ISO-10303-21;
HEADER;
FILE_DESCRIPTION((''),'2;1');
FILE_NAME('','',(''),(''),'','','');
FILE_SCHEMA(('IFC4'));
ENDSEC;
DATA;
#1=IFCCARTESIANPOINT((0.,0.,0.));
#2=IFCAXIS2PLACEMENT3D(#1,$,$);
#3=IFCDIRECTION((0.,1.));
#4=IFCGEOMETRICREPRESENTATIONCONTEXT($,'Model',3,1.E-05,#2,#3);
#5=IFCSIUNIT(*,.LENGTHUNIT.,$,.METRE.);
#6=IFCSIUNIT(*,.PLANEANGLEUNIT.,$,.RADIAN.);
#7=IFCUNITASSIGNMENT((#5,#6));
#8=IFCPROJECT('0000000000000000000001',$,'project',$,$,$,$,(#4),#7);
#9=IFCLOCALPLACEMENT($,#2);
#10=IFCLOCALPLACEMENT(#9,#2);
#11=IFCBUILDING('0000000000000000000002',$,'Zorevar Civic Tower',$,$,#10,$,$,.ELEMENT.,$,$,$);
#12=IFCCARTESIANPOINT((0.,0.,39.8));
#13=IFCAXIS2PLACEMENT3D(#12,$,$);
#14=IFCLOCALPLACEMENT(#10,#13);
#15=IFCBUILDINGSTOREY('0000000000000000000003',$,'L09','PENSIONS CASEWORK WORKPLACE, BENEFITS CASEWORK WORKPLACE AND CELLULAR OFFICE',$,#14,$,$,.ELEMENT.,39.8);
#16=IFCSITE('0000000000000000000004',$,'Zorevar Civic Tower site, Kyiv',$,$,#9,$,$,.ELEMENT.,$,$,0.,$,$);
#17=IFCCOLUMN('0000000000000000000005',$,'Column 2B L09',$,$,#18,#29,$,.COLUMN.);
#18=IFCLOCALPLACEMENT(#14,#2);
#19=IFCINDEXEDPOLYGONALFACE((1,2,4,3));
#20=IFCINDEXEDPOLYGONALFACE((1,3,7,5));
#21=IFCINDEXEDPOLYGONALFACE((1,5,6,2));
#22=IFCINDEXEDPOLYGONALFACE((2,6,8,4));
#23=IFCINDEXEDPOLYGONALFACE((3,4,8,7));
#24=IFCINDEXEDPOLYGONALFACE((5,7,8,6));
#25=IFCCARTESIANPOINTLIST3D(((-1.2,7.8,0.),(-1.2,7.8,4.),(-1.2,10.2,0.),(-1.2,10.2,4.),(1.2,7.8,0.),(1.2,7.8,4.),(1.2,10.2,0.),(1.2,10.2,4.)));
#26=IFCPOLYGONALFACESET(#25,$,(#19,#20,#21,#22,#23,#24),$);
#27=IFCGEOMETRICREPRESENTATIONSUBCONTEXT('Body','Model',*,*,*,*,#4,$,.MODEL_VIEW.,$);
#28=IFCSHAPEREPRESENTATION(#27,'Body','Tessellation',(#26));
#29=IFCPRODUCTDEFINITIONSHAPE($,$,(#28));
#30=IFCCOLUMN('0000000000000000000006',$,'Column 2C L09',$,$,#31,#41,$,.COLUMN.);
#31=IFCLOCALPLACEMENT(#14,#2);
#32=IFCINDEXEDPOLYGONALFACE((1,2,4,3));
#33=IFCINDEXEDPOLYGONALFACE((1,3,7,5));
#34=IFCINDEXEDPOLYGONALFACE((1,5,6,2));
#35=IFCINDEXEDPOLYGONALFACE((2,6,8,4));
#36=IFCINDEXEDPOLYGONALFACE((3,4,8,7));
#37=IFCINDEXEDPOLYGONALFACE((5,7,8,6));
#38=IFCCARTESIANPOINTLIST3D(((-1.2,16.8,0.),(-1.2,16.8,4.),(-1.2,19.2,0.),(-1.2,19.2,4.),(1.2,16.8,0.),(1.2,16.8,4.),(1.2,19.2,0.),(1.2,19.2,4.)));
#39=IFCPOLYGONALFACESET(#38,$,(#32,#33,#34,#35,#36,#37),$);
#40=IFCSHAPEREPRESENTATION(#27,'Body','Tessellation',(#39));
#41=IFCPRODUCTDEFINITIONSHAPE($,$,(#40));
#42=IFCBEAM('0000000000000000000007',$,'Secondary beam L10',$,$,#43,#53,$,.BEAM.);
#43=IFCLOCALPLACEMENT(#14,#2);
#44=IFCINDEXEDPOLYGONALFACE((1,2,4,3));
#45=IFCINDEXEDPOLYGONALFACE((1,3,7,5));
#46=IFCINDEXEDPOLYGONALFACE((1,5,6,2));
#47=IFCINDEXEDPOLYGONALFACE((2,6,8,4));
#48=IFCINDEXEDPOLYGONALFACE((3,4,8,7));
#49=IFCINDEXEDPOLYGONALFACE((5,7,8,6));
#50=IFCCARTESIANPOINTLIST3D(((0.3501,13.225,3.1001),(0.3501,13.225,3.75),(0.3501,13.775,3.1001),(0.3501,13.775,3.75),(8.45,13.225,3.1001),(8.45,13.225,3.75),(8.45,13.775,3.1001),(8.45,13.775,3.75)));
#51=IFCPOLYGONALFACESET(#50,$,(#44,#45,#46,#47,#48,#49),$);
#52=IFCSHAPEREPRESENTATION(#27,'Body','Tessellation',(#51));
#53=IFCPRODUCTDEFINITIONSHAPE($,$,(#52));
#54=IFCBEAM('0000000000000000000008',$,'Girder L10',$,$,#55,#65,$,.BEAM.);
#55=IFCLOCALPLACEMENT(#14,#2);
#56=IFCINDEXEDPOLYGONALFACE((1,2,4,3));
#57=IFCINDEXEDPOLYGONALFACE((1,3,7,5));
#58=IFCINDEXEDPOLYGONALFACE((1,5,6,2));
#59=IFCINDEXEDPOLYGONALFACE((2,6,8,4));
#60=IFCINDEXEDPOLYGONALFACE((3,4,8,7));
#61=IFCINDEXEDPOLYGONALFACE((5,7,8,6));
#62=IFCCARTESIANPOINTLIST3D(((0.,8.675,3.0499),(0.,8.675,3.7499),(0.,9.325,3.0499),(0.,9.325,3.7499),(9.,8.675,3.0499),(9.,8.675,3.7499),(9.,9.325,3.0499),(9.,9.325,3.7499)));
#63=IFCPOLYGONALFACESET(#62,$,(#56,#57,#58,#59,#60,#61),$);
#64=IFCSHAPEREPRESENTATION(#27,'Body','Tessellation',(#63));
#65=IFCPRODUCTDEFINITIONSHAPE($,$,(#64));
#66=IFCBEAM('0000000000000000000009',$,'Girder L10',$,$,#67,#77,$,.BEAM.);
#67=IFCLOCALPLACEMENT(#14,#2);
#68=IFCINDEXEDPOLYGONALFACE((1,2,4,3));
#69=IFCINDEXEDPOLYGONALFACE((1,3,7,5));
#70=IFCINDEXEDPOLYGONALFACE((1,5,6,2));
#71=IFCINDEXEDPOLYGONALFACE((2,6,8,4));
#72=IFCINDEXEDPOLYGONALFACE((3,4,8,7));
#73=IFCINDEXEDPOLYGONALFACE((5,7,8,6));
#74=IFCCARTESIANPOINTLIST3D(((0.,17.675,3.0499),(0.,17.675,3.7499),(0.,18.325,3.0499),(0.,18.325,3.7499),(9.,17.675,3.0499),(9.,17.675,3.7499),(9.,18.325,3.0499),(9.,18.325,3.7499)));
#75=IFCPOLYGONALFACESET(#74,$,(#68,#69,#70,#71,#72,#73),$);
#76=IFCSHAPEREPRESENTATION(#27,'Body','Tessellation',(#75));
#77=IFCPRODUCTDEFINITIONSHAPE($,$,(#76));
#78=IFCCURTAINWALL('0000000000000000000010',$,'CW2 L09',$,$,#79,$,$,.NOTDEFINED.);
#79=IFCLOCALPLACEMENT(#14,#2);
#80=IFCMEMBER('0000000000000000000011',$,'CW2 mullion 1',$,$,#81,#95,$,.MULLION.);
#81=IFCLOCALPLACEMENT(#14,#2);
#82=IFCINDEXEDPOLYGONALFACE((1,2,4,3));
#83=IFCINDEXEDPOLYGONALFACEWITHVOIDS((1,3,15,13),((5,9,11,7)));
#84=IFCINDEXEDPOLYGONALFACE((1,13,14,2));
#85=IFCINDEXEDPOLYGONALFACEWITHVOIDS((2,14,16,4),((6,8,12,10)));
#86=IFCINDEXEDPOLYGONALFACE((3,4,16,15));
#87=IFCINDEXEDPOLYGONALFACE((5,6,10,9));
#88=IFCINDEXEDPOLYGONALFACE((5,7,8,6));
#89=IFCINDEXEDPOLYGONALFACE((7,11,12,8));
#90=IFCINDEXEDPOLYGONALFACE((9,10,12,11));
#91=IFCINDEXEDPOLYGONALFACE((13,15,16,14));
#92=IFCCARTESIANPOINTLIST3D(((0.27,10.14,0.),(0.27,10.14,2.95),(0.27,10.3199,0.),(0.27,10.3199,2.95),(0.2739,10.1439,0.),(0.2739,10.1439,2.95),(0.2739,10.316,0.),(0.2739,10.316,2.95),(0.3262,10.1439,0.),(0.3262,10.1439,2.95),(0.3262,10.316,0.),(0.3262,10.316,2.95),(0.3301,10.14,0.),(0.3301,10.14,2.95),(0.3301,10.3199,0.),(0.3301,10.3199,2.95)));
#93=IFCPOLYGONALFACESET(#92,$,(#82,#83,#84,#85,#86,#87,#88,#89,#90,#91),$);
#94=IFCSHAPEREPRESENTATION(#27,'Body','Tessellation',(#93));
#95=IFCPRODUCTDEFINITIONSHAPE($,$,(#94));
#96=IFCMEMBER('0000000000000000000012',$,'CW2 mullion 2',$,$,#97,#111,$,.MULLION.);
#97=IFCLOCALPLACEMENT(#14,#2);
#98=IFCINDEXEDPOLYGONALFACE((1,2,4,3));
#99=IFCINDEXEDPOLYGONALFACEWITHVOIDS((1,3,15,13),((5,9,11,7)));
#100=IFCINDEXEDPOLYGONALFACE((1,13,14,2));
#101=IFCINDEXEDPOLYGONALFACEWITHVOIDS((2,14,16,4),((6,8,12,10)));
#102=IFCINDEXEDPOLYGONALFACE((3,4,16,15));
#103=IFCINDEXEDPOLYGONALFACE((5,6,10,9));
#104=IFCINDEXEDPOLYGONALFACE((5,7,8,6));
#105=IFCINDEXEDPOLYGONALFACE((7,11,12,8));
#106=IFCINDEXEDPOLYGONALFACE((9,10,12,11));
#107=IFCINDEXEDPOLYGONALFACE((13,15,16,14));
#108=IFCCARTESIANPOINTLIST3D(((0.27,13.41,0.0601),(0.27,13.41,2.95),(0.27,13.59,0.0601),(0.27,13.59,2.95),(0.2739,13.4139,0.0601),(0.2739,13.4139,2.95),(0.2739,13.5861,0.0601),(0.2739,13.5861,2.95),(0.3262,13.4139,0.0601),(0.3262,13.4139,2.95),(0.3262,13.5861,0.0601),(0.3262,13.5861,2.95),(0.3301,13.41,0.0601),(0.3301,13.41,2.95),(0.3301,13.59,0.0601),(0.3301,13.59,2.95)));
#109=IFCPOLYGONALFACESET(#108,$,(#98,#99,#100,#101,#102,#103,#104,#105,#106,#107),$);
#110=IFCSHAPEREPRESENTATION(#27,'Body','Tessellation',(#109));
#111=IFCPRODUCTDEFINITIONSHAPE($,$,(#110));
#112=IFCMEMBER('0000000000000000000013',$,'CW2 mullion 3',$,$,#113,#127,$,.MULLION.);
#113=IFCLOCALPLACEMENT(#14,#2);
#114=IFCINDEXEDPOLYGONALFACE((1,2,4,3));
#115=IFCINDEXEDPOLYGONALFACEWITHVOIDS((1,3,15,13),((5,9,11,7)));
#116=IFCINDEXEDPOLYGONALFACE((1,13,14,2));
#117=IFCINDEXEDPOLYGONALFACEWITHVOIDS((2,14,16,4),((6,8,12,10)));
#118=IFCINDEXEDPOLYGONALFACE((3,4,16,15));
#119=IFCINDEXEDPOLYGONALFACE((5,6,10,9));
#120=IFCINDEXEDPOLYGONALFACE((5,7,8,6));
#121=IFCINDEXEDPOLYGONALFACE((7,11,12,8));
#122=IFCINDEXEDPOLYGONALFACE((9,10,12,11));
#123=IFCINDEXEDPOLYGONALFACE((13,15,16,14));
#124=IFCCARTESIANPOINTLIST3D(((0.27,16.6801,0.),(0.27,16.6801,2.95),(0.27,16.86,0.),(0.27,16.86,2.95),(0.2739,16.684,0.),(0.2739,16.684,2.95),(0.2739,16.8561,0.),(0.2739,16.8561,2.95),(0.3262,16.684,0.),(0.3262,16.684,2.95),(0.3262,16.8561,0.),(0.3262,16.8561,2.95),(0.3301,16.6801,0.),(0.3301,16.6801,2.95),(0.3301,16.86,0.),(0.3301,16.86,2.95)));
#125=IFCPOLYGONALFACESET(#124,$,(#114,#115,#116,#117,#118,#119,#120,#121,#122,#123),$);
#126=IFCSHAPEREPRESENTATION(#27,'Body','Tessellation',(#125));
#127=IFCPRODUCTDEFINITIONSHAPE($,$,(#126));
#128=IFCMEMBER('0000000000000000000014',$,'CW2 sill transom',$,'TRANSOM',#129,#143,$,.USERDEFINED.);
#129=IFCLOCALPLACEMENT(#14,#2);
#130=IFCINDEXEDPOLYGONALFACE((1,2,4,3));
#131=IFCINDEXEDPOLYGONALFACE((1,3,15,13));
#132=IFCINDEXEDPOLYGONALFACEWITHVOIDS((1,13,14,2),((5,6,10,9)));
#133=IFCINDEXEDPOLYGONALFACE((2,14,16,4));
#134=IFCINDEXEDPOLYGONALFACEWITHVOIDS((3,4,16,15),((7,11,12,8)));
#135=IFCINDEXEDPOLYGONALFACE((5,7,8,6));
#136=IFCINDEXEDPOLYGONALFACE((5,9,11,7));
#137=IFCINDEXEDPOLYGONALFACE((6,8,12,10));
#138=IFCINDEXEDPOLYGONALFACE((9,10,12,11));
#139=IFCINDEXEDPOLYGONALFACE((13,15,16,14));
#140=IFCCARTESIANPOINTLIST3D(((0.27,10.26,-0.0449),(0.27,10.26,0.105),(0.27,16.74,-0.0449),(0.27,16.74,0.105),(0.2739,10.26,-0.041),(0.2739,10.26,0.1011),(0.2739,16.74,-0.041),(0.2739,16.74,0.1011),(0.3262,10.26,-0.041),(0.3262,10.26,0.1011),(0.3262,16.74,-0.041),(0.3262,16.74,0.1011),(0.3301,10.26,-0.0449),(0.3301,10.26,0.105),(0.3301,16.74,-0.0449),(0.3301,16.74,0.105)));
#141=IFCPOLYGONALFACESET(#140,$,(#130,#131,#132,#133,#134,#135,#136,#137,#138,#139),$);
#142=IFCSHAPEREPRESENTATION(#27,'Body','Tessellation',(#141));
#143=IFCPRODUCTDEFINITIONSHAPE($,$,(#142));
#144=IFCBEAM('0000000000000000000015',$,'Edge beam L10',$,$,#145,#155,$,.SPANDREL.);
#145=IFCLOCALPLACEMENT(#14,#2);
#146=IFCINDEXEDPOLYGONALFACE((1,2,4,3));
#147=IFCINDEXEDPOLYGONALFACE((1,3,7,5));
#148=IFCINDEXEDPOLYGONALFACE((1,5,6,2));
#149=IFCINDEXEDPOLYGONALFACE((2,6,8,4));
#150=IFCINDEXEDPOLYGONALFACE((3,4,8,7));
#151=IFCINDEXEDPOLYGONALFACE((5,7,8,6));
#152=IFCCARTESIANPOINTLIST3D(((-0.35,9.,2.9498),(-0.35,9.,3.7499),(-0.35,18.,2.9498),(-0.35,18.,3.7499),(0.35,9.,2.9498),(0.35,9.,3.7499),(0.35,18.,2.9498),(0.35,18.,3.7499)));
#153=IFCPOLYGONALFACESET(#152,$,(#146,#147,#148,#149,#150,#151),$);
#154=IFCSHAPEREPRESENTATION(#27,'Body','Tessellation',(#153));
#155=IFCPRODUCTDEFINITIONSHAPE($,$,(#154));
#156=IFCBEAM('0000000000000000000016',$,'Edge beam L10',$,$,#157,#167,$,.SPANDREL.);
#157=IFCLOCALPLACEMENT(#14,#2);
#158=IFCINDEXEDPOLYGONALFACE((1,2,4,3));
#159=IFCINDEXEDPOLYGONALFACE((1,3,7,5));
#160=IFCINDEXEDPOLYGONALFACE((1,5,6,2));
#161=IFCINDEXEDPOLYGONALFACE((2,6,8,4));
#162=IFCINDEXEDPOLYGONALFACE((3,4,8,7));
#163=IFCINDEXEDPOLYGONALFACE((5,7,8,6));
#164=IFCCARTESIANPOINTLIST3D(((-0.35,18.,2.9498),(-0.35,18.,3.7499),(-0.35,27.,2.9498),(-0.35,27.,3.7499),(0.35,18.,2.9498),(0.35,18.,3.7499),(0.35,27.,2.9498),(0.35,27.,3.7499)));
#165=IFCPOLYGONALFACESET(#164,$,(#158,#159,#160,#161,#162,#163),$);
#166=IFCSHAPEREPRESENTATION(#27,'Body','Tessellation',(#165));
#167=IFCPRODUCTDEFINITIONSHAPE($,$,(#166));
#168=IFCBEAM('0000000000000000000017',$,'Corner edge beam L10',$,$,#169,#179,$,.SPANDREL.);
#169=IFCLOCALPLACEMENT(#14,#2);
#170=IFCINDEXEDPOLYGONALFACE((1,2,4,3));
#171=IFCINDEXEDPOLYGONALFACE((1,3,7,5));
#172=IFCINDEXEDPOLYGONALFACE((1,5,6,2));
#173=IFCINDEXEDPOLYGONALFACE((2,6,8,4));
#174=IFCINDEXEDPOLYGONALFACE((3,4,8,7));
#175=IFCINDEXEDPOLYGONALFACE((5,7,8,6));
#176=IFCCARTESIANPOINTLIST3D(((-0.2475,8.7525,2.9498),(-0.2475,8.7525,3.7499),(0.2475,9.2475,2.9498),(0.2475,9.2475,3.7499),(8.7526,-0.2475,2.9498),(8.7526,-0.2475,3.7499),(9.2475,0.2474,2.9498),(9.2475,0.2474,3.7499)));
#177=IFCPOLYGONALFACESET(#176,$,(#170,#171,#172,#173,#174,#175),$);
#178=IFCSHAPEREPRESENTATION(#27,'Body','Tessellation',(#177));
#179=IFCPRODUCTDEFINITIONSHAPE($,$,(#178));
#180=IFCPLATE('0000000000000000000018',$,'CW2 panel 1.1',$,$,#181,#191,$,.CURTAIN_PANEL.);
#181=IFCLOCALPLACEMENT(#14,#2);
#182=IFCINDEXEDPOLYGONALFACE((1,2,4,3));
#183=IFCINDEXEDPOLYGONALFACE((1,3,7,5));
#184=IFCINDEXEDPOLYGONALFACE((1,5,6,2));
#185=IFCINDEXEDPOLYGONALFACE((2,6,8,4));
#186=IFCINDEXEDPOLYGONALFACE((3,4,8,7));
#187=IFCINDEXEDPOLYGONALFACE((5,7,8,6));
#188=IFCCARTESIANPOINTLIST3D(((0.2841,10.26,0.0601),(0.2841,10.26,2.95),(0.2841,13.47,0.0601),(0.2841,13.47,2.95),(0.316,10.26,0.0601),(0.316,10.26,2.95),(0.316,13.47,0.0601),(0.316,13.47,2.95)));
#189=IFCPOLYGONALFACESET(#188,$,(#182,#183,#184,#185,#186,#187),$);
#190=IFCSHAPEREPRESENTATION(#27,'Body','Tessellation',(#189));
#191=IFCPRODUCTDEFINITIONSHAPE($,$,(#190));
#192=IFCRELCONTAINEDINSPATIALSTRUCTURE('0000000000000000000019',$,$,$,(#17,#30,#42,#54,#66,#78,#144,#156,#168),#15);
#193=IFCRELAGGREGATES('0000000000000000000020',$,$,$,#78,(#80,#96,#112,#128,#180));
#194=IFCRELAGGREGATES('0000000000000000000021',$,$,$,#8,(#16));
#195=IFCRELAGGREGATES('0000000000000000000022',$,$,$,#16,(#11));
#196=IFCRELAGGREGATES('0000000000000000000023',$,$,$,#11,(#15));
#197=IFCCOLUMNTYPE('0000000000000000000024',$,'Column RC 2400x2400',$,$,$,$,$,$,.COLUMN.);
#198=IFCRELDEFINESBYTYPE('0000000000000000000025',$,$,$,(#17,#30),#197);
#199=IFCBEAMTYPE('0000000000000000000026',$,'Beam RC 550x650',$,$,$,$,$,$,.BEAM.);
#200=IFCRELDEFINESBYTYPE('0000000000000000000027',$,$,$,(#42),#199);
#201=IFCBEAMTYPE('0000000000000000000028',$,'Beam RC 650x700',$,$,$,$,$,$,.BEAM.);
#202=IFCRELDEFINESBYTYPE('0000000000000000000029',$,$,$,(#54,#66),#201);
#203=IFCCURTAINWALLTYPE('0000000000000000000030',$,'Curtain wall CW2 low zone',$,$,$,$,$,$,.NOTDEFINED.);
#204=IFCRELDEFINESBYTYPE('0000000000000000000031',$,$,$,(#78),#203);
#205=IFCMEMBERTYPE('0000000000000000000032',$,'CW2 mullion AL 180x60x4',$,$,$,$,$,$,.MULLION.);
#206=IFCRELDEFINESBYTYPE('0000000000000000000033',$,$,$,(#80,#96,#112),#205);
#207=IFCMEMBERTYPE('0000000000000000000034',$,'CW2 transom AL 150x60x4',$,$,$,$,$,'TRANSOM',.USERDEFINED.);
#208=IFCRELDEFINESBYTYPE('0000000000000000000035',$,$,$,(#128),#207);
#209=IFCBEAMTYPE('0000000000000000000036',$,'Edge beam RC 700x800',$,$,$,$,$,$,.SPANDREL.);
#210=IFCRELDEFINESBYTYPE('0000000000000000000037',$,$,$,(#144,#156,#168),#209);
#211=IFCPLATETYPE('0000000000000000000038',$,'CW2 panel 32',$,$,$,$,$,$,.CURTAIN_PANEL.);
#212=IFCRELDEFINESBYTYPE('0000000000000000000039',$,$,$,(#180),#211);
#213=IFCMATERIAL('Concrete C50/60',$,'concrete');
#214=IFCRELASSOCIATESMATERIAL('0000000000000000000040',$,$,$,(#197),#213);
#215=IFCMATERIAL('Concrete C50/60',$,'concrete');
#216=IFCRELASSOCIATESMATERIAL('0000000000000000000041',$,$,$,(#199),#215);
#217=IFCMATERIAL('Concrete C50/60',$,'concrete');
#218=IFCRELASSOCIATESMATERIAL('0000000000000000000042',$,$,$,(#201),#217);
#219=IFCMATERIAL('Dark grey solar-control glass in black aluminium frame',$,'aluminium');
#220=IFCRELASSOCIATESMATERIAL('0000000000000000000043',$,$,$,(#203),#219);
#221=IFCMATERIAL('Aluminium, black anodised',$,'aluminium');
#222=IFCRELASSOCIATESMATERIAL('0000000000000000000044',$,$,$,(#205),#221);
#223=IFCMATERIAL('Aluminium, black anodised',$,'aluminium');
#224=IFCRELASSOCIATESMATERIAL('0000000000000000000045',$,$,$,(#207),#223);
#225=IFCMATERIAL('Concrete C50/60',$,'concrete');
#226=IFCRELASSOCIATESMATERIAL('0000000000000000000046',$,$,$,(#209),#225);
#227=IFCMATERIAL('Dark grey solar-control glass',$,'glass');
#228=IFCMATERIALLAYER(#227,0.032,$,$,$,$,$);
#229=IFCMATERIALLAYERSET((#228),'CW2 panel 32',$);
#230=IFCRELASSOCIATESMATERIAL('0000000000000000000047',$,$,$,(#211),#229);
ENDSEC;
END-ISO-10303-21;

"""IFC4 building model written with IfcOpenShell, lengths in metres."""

from ifc_helpers import new_model, si_unit, direction, frame, origin, origin_2d, place, context, subcontext, project, spatial, rectangle, hollow_rectangle, extrude, material, layer, layer_set, material_profile, profile_set, type_object, element, aggregate, save


model = new_model("IFC4")

# Units and contexts
model_context = context("Model", 3, precision=1e-05, world=origin(), true_north=direction((0.0, 1.0)))
body_context = subcontext(model_context, "Body", "Model", "MODEL_VIEW")
ifc_project = project(units=[si_unit("LENGTHUNIT", "METRE"), si_unit("PLANEANGLEUNIT", "RADIAN")], contexts=[model_context])

# Site, building, storey
site_placement = place(None, origin())
site = spatial("IfcSite", under=ifc_project, at=site_placement, Name="Zorevar Civic Tower site, Kyiv", CompositionType="ELEMENT", RefElevation=0.0)
building_placement = place(site_placement, origin())
building = spatial("IfcBuilding", under=site, at=building_placement, Name="Zorevar Civic Tower", CompositionType="ELEMENT")
storey_placement = place(building_placement, frame((0.0, 0.0, 39.8)))
storey = spatial("IfcBuildingStorey", under=building, at=storey_placement, Name="L09", Description="PENSIONS CASEWORK WORKPLACE, BENEFITS CASEWORK WORKPLACE AND CELLULAR OFFICE", CompositionType="ELEMENT", Elevation=39.8)

# Columns
ifc_material_1 = material(Name="Concrete C50/60", Category="concrete")
ifc_material_profile_1 = material_profile(ifc_material_1, rectangle(XDim=2.3999, YDim=2.3999, at=origin_2d()), Name="RC 2400x2400")
ifc_profile_set_1 = profile_set([ifc_material_profile_1], Name="Concrete C50/60")
column_type = type_object("IfcColumnType", Name="Column RC 2400x2400", PredefinedType="COLUMN", material=ifc_profile_set_1)
for number, where, z_axis, x_axis, name in (
    (1, (0.0, 9.0, 0.0), (0.0, 0.0, 1.0), (1.0, 0.0, 0.0), "Column 2B L09"),
    (2, (0.0, 18.0, 0.0), (0.0, 0.0, 1.0), (1.0, 0.0, 0.0), "Column 2C L09"),
):
    element("IfcColumn", number, at=place(storey_placement, frame(where, z_axis=z_axis, x_axis=x_axis)), inside=storey, type_object=column_type, Name=name, PredefinedType="COLUMN", context=body_context, shape_type="SweptSolid", body=[
        extrude(rectangle(XDim=2.3999, YDim=2.3999, at=origin_2d()), origin(), (0.0, 0.0, 1.0), 4.0),
    ])

# Beams
ifc_material_2 = material(Name="Concrete C50/60", Category="concrete")
ifc_material_profile_2 = material_profile(ifc_material_2, rectangle(XDim=0.55, YDim=0.6499, at=origin_2d()), Name="RC 550x650")
ifc_profile_set_2 = profile_set([ifc_material_profile_2], Name="Concrete C50/60")
beam_type_1 = type_object("IfcBeamType", Name="Beam RC 550x650", PredefinedType="BEAM", material=ifc_profile_set_2)
beam_1_placement = place(storey_placement, frame((0.3501, 13.5, 3.425), z_axis=(1.0, 0.0, 0.0), x_axis=(0.0, 1.0, 0.0)))
element("IfcBeam", 3, at=beam_1_placement, inside=storey, type_object=beam_type_1, Name="Secondary beam L10", PredefinedType="BEAM", context=body_context, shape_type="SweptSolid", body=[
    extrude(rectangle(XDim=0.55, YDim=0.6499, at=origin_2d()), origin(), (0.0, 0.0, 1.0), 8.0999),
])
ifc_material_3 = material(Name="Concrete C50/60", Category="concrete")
ifc_material_profile_3 = material_profile(ifc_material_3, rectangle(XDim=0.6499, YDim=0.7, at=origin_2d()), Name="RC 650x700")
ifc_profile_set_3 = profile_set([ifc_material_profile_3], Name="Concrete C50/60")
beam_type_2 = type_object("IfcBeamType", Name="Beam RC 650x700", PredefinedType="BEAM", material=ifc_profile_set_3)
for number, where, z_axis, x_axis, name in (
    (4, (0.0, 9.0, 3.3999), (1.0, 0.0, 0.0), (0.0, 1.0, 0.0), "Girder L10"),
    (5, (0.0, 18.0, 3.3999), (1.0, 0.0, 0.0), (0.0, 1.0, 0.0), "Girder L10"),
):
    element("IfcBeam", number, at=place(storey_placement, frame(where, z_axis=z_axis, x_axis=x_axis)), inside=storey, type_object=beam_type_2, Name=name, PredefinedType="BEAM", context=body_context, shape_type="SweptSolid", body=[
        extrude(rectangle(XDim=0.6499, YDim=0.7, at=origin_2d()), origin(), (0.0, 0.0, 1.0), 9.0),
    ])

# Curtain wall, members
ifc_material_4 = material(Name="Dark grey solar-control glass in black aluminium frame", Category="aluminium")
curtain_wall_type = type_object("IfcCurtainWallType", Name="Curtain wall CW2 low zone", PredefinedType="NOTDEFINED", material=ifc_material_4)
curtain_wall_placement = place(storey_placement, origin())
curtain_wall = element("IfcCurtainWall", 6, at=curtain_wall_placement, inside=storey, type_object=curtain_wall_type, Name="CW2 L09", PredefinedType="NOTDEFINED")
ifc_material_5 = material(Name="Aluminium, black anodised", Category="aluminium")
ifc_material_profile_4 = material_profile(ifc_material_5, hollow_rectangle(XDim=0.0601, YDim=0.1799, WallThickness=0.0039, at=origin_2d()), Name="AL 180x60x4")
ifc_profile_set_4 = profile_set([ifc_material_profile_4], Name="Aluminium, black anodised")
member_type_1 = type_object("IfcMemberType", Name="CW2 mullion AL 180x60x4", PredefinedType="MULLION", material=ifc_profile_set_4)
member_1_placement = place(storey_placement, frame((0.3, 10.23, 0.0), z_axis=(0.0, 0.0, 1.0), x_axis=(-1.0, 0.0, 0.0)))
member_1 = element("IfcMember", 7, at=member_1_placement, type_object=member_type_1, Name="CW2 mullion 1", PredefinedType="MULLION", context=body_context, shape_type="SweptSolid", body=[
    extrude(hollow_rectangle(XDim=0.0601, YDim=0.1799, WallThickness=0.0039, at=origin_2d()), origin(), (0.0, 0.0, 1.0), 2.95),
])
member_2_placement = place(storey_placement, frame((0.3, 13.5, 0.0601), z_axis=(0.0, 0.0, 1.0), x_axis=(-1.0, 0.0, 0.0)))
member_2 = element("IfcMember", 8, at=member_2_placement, type_object=member_type_1, Name="CW2 mullion 2", PredefinedType="MULLION", context=body_context, shape_type="SweptSolid", body=[
    extrude(hollow_rectangle(XDim=0.0601, YDim=0.1799, WallThickness=0.0039, at=origin_2d()), origin(), (0.0, 0.0, 1.0), 2.8899),
])
member_3_placement = place(storey_placement, frame((0.3, 16.77, 0.0), z_axis=(0.0, 0.0, 1.0), x_axis=(-1.0, 0.0, 0.0)))
member_3 = element("IfcMember", 9, at=member_3_placement, type_object=member_type_1, Name="CW2 mullion 3", PredefinedType="MULLION", context=body_context, shape_type="SweptSolid", body=[
    extrude(hollow_rectangle(XDim=0.0601, YDim=0.1799, WallThickness=0.0039, at=origin_2d()), origin(), (0.0, 0.0, 1.0), 2.95),
])
ifc_material_6 = material(Name="Aluminium, black anodised", Category="aluminium")
ifc_material_profile_5 = material_profile(ifc_material_6, hollow_rectangle(XDim=0.0601, YDim=0.1499, WallThickness=0.0039, at=origin_2d()), Name="AL 150x60x4")
ifc_profile_set_5 = profile_set([ifc_material_profile_5], Name="Aluminium, black anodised")
member_type_2 = type_object("IfcMemberType", Name="CW2 transom AL 150x60x4", ElementType="TRANSOM", PredefinedType="USERDEFINED", material=ifc_profile_set_5)
member_4_placement = place(storey_placement, frame((0.3, 10.26, 0.03), z_axis=(0.0, 1.0, 0.0), x_axis=(-1.0, 0.0, 0.0)))
member_4 = element("IfcMember", 10, at=member_4_placement, type_object=member_type_2, Name="CW2 sill transom", ObjectType="TRANSOM", PredefinedType="USERDEFINED", context=body_context, shape_type="SweptSolid", body=[
    extrude(hollow_rectangle(XDim=0.0601, YDim=0.1499, WallThickness=0.0039, at=origin_2d()), origin(), (0.0, 0.0, 1.0), 6.48),
])

# Beams
ifc_material_7 = material(Name="Concrete C50/60", Category="concrete")
ifc_material_profile_6 = material_profile(ifc_material_7, rectangle(XDim=0.7, YDim=0.8, at=origin_2d()), Name="RC 700x800")
ifc_profile_set_6 = profile_set([ifc_material_profile_6], Name="Concrete C50/60")
beam_type_3 = type_object("IfcBeamType", Name="Edge beam RC 700x800", PredefinedType="SPANDREL", material=ifc_profile_set_6)
for number, where, z_axis, x_axis, name in (
    (11, (0.0, 9.0, 3.3499), (0.0, 1.0, 0.0), (-1.0, 0.0, 0.0), "Edge beam L10"),
    (12, (0.0, 18.0, 3.3499), (0.0, 1.0, 0.0), (-1.0, 0.0, 0.0), "Edge beam L10"),
):
    element("IfcBeam", number, at=place(storey_placement, frame(where, z_axis=z_axis, x_axis=x_axis)), inside=storey, type_object=beam_type_3, Name=name, PredefinedType="SPANDREL", context=body_context, shape_type="SweptSolid", body=[
        extrude(rectangle(XDim=0.7, YDim=0.8, at=origin_2d()), origin(), (0.0, 0.0, 1.0), 9.0),
    ])
beam_2_placement = place(storey_placement, frame((0.0, 9.0, 3.3499), z_axis=(0.707107, -0.707107, 0.0), x_axis=(0.707107, 0.707107, 0.0)))
element("IfcBeam", 13, at=beam_2_placement, inside=storey, type_object=beam_type_3, Name="Corner edge beam L10", PredefinedType="SPANDREL", context=body_context, shape_type="SweptSolid", body=[
    extrude(rectangle(XDim=0.7, YDim=0.8, at=origin_2d()), origin(), (0.0, 0.0, 1.0), 12.728),
])

# Plate
ifc_material_8 = material(Name="Dark grey solar-control glass", Category="glass")
ifc_layer_1 = layer(ifc_material_8, 0.032)
ifc_layer_set_1 = layer_set([ifc_layer_1], Name="CW2 panel 32")
plate_type = type_object("IfcPlateType", Name="CW2 panel 32", PredefinedType="CURTAIN_PANEL", material=ifc_layer_set_1)
plate_1_placement = place(storey_placement, frame((0.3, 11.865, 0.0601), z_axis=(0.0, 0.0, 1.0), x_axis=(0.0, 1.0, 0.0)))
plate_1 = element("IfcPlate", 14, at=plate_1_placement, type_object=plate_type, Name="CW2 panel 1.1", PredefinedType="CURTAIN_PANEL", context=body_context, shape_type="SweptSolid", body=[
    extrude(rectangle(XDim=3.21, YDim=0.032, at=origin_2d()), origin(), (0.0, 0.0, 1.0), 2.8899),
])
aggregate(curtain_wall, [member_1, member_2, member_3, member_4, plate_1])

save(model, "model.ifc")
